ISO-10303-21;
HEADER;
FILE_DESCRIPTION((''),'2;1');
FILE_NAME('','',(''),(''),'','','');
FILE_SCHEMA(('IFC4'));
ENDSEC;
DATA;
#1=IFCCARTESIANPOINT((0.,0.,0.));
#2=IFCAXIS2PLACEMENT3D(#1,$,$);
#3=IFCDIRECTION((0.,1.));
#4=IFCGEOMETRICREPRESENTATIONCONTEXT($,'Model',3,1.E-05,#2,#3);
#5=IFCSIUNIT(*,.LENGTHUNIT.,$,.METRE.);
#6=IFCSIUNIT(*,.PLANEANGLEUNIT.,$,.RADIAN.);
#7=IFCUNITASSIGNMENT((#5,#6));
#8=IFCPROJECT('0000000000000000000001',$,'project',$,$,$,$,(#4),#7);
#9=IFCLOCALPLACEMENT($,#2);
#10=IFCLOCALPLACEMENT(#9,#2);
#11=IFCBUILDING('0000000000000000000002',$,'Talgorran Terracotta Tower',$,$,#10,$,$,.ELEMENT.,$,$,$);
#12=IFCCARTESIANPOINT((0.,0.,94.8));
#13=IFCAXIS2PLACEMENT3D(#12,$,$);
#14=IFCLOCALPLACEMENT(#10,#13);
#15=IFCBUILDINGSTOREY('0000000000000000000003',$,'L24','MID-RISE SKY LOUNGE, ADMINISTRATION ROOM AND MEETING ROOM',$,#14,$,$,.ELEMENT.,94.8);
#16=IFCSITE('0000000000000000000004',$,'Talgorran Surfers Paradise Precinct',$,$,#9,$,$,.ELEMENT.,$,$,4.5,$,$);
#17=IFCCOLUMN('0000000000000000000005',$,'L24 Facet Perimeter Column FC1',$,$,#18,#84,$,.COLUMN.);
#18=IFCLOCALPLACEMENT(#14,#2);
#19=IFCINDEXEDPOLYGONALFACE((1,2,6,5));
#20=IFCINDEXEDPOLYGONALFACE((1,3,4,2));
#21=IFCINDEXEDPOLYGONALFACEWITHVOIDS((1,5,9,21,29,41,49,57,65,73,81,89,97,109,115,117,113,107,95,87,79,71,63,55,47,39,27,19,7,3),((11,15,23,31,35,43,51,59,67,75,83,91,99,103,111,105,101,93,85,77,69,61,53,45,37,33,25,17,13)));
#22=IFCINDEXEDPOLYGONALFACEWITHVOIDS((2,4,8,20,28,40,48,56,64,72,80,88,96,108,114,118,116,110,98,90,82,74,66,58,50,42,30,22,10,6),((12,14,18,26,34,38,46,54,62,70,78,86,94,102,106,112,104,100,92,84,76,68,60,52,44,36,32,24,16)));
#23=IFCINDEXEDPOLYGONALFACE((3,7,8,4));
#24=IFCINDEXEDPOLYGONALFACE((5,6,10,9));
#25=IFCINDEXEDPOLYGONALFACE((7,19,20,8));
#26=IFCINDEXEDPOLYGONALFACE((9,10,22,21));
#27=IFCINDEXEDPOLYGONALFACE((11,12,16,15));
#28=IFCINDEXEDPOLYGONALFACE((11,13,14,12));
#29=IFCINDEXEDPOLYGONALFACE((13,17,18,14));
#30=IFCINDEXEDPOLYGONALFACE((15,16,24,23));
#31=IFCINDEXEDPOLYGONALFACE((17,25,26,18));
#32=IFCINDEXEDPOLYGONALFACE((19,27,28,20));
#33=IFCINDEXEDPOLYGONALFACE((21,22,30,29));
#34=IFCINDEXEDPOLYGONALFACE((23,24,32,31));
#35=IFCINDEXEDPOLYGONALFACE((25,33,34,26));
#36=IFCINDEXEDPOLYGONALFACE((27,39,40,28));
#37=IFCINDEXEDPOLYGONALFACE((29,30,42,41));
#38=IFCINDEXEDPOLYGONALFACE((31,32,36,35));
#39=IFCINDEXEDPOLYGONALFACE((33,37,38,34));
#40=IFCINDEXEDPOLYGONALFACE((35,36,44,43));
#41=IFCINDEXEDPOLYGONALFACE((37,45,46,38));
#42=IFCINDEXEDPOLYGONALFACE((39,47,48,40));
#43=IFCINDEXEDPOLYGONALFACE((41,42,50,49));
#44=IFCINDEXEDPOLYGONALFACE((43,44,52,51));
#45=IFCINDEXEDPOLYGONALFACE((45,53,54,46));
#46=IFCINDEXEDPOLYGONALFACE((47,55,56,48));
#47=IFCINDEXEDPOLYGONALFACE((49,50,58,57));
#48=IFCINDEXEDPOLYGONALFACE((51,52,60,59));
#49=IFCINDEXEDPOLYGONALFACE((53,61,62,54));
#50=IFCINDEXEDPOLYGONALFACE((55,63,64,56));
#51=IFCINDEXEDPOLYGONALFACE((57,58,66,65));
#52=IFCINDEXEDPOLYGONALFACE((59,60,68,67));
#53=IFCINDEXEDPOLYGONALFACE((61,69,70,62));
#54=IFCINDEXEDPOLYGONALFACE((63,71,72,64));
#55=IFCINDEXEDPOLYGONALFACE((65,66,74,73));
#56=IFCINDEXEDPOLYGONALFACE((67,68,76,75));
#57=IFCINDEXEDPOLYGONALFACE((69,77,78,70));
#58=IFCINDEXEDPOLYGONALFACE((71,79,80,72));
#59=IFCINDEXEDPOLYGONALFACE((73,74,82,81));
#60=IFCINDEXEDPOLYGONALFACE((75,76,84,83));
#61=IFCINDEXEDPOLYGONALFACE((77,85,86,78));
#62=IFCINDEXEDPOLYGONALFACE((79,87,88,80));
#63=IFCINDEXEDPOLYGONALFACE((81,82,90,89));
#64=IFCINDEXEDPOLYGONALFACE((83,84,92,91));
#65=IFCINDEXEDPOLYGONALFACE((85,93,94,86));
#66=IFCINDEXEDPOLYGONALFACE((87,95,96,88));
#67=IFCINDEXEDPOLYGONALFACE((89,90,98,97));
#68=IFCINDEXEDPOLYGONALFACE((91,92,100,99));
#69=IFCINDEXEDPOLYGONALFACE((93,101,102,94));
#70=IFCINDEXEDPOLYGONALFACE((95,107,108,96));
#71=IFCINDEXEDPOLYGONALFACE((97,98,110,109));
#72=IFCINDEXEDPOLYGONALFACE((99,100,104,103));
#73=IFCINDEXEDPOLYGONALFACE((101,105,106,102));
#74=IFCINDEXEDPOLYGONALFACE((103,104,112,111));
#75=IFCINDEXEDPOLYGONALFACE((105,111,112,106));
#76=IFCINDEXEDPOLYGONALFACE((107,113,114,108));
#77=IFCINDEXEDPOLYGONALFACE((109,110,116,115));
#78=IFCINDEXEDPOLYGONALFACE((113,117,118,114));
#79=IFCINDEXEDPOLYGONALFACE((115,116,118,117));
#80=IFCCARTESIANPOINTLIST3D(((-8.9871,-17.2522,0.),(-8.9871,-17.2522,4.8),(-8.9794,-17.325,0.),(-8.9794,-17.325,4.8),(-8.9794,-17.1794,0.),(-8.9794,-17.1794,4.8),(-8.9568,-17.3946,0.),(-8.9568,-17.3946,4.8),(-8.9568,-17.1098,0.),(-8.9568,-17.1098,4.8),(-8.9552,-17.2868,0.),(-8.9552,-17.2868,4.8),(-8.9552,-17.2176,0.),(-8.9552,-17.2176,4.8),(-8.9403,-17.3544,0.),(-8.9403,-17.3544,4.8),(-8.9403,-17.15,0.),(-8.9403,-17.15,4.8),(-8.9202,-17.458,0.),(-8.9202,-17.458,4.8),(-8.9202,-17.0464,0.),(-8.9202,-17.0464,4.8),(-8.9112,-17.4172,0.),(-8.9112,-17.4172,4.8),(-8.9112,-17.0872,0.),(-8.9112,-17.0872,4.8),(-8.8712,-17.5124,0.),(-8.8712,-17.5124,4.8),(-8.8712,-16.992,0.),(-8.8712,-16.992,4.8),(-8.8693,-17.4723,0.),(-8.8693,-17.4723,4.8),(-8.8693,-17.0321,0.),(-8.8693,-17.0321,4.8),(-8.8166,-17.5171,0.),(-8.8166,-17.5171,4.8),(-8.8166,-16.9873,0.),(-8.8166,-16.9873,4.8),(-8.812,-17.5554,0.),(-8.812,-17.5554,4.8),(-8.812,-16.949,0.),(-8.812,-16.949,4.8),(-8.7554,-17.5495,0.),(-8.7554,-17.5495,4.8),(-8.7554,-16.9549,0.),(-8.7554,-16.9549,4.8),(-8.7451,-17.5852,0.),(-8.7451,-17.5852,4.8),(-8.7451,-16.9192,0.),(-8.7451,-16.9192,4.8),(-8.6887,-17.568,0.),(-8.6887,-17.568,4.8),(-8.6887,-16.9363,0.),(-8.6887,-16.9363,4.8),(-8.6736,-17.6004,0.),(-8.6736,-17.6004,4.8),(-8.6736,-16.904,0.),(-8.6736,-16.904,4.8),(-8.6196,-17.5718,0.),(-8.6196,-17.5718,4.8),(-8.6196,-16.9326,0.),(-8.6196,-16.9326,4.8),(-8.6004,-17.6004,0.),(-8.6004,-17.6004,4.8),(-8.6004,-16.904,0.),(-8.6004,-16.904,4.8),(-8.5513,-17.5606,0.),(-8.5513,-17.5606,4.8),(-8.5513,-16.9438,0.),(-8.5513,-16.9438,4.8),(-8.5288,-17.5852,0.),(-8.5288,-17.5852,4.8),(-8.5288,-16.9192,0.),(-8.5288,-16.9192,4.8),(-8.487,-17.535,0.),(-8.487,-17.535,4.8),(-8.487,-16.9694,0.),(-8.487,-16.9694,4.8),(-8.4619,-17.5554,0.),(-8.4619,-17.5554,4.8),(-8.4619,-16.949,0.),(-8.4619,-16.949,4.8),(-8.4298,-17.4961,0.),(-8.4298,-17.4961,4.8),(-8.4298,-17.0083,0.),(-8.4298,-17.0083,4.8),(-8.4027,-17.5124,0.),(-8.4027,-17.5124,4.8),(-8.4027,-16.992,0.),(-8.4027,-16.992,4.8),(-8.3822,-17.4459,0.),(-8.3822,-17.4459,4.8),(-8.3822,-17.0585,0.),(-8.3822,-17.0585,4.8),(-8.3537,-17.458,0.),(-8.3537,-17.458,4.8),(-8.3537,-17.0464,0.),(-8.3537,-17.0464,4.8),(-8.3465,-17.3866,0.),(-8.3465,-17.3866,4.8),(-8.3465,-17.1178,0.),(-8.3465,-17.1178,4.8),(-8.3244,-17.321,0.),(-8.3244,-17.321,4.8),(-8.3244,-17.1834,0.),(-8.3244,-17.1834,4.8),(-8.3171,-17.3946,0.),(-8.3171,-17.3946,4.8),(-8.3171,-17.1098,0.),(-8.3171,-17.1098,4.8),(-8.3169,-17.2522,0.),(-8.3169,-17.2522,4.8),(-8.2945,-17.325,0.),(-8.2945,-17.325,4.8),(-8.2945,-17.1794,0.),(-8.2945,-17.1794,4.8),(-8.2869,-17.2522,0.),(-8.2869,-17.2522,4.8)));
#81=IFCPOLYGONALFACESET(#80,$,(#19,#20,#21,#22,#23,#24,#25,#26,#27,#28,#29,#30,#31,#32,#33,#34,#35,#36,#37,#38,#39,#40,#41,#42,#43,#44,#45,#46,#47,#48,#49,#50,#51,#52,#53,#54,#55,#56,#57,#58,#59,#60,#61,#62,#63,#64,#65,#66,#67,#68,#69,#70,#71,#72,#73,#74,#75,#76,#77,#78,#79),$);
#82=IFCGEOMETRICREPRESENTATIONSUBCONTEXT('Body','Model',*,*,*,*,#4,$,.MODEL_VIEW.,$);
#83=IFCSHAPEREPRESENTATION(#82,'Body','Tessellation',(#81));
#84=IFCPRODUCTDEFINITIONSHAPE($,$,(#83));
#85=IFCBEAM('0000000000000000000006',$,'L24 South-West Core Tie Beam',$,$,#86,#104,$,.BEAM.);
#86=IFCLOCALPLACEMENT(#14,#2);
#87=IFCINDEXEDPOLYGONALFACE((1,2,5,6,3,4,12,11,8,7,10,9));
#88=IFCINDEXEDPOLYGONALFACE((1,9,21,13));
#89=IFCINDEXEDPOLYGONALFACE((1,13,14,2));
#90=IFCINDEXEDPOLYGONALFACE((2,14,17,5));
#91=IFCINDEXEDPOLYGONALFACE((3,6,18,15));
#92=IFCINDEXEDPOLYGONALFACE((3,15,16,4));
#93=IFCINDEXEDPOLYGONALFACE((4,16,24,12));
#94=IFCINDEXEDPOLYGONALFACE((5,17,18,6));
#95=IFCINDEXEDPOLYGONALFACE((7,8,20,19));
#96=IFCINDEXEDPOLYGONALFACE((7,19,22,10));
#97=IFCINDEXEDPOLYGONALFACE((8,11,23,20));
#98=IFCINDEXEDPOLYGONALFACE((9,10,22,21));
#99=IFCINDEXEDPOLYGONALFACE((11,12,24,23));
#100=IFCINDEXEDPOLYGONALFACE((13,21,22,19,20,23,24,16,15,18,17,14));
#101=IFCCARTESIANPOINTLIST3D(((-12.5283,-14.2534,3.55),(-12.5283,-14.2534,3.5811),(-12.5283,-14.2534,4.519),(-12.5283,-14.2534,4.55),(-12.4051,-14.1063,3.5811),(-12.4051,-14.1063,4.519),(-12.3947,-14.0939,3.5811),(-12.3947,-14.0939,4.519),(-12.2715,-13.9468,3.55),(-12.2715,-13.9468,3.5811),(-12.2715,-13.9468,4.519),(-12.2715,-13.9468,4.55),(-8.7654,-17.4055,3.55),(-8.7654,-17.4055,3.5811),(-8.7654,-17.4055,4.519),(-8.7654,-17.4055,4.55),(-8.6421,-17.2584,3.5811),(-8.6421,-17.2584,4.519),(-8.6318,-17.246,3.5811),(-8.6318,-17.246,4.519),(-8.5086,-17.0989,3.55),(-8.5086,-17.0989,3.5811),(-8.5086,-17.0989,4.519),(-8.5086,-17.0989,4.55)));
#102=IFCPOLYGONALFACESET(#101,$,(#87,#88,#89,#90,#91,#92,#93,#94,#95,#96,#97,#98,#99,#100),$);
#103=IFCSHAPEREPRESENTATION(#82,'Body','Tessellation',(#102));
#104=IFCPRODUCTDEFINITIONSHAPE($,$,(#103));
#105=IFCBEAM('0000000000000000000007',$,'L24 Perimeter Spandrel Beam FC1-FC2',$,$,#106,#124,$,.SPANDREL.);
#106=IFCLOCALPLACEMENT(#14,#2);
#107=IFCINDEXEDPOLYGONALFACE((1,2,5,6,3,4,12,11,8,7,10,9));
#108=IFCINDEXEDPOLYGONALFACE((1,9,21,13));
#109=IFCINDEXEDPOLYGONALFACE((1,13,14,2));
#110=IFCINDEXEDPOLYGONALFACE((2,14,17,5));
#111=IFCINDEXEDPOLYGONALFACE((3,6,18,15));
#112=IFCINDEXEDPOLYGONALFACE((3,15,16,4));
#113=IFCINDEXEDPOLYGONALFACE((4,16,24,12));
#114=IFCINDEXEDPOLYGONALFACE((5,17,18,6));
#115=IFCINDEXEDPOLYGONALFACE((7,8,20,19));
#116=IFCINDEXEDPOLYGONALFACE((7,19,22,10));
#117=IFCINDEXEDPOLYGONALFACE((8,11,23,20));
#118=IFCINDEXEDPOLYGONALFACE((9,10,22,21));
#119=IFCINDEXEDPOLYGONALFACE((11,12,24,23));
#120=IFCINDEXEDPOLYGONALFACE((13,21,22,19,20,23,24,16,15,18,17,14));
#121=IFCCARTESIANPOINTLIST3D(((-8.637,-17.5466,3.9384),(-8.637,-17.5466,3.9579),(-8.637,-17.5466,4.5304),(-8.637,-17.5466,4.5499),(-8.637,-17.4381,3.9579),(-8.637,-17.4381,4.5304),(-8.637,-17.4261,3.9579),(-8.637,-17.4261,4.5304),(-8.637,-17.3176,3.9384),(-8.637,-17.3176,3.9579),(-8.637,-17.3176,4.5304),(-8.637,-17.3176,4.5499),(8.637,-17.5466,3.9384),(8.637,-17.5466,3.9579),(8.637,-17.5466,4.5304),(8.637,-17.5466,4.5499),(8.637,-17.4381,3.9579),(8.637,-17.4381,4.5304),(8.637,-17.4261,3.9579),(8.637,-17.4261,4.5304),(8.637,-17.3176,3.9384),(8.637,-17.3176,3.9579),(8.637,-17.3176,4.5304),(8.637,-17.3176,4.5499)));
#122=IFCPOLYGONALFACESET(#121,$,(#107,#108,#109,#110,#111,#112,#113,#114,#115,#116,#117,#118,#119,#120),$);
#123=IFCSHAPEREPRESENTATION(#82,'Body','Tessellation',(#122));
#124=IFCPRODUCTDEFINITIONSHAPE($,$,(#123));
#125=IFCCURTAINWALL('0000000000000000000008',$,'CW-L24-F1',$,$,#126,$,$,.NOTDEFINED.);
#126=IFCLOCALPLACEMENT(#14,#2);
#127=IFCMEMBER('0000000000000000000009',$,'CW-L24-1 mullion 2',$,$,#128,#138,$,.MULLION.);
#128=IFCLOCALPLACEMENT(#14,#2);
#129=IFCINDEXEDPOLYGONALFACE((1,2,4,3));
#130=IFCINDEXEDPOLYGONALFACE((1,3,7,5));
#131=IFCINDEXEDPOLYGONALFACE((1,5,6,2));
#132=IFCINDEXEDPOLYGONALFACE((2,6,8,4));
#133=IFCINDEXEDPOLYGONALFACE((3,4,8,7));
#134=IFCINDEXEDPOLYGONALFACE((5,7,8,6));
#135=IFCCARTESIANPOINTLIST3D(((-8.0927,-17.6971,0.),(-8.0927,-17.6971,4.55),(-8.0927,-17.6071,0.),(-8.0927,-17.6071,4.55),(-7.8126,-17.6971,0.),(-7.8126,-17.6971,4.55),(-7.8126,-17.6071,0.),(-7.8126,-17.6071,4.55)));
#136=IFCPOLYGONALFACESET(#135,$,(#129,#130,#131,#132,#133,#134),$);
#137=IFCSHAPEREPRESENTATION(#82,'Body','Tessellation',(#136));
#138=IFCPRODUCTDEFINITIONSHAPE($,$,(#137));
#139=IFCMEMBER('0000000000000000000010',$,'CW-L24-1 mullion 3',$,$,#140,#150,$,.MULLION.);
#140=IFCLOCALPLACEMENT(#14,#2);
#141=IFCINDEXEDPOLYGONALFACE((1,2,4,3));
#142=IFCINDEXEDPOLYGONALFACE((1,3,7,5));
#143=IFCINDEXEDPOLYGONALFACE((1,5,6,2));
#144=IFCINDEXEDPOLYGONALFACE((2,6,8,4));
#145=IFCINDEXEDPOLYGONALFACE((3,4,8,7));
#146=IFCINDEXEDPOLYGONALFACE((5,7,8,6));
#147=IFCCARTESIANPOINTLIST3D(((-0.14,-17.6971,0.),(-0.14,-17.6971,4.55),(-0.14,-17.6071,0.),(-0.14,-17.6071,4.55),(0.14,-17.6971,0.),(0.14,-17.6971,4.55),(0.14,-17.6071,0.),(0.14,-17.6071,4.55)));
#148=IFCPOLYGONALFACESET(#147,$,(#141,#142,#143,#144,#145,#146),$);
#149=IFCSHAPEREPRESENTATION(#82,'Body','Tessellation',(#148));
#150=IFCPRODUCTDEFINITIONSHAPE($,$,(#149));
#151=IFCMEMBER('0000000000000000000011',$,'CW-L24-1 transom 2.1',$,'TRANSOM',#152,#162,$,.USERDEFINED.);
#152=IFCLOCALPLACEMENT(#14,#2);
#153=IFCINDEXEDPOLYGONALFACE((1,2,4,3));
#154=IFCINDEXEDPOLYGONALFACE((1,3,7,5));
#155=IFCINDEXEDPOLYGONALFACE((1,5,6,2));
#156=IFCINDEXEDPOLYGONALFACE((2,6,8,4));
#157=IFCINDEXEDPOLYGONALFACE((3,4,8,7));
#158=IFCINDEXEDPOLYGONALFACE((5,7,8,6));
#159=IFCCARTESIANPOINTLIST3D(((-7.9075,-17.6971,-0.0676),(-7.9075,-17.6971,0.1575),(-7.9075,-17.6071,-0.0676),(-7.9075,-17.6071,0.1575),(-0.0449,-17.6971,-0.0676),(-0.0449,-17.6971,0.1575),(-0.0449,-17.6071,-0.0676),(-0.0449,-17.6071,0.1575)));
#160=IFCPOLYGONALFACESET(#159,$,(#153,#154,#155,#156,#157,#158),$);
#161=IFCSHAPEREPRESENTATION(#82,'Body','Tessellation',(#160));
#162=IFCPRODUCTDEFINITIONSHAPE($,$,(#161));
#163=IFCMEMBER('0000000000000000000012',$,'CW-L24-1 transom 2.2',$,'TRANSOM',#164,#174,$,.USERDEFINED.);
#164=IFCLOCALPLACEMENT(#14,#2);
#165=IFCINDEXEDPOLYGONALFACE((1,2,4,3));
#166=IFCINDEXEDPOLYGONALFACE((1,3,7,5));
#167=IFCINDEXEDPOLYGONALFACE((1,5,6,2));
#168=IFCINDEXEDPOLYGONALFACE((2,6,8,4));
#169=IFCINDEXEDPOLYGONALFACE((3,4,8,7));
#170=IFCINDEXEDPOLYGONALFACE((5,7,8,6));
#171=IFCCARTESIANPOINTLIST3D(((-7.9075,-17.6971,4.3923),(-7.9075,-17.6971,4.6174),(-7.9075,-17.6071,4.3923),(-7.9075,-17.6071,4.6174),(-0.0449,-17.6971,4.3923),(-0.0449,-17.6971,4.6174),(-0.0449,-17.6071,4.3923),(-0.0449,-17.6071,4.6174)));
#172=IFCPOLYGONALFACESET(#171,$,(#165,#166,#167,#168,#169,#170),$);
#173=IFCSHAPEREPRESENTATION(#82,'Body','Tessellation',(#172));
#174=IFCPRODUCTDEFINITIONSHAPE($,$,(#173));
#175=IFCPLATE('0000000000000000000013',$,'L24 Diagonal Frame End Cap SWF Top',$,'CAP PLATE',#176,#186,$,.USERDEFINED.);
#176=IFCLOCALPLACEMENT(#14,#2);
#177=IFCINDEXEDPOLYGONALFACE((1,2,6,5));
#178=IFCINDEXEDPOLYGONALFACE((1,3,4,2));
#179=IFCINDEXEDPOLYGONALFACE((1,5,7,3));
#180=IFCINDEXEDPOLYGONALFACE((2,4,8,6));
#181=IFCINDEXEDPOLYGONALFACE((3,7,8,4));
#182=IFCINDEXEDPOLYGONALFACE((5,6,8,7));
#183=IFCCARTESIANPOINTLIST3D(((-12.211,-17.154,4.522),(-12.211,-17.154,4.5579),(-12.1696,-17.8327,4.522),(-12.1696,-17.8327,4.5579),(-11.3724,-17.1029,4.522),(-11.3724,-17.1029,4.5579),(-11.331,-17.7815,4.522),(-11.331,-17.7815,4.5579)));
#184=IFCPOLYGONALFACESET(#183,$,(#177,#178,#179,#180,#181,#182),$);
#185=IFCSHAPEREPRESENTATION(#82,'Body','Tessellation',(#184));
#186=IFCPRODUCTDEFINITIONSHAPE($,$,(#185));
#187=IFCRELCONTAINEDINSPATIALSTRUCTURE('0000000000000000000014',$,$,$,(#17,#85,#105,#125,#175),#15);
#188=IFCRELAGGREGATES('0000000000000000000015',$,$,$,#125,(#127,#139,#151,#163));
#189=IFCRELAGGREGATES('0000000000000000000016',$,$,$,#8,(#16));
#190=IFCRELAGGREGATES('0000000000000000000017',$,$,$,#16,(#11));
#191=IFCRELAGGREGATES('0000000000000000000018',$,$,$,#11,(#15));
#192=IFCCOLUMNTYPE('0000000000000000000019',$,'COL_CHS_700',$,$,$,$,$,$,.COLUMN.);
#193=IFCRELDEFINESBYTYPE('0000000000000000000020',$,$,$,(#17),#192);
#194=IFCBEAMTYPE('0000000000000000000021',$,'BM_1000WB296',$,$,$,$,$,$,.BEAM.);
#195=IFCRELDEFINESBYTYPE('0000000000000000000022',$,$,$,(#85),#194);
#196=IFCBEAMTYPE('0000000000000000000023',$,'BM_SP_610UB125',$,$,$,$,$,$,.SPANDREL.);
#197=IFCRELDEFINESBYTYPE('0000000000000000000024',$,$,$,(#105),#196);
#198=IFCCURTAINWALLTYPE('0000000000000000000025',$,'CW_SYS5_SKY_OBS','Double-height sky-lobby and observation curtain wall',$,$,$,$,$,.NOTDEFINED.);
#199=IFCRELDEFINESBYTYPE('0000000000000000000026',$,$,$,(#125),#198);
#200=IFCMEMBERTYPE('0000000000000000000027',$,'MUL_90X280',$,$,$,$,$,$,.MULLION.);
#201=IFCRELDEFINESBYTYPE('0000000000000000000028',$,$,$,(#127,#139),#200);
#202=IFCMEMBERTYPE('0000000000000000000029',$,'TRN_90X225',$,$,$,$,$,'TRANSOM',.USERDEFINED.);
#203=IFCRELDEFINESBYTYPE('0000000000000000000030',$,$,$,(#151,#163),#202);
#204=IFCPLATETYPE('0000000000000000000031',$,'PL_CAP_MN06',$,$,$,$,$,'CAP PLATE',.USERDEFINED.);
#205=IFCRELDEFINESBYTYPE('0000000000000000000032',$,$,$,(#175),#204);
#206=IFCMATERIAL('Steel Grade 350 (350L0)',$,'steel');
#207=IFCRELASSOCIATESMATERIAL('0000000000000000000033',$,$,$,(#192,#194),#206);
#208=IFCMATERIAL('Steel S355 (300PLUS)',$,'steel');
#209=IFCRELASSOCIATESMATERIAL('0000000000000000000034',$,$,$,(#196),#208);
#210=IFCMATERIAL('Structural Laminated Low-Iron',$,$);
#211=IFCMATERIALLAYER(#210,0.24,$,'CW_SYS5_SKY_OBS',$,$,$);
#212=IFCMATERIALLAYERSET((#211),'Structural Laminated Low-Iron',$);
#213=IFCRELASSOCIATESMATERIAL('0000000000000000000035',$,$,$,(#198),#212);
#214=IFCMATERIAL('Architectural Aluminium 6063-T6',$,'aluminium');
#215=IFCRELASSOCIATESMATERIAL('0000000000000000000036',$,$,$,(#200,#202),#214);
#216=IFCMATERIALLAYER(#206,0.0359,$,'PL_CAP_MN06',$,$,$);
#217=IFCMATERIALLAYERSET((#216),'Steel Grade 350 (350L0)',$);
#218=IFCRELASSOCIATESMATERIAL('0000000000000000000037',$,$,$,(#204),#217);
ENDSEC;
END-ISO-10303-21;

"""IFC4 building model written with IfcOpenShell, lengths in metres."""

from ifc_helpers import new_model, si_unit, direction, frame, origin, origin_2d, place, context, subcontext, project, spatial, rectangle, hollow_circle, i_section, extrude, material, layer, layer_set, material_profile, profile_set, type_object, element, aggregate, save


model = new_model("IFC4")

# Units and contexts
model_context = context("Model", 3, precision=1e-05, world=origin(), true_north=direction((0.0, 1.0)))
body_context = subcontext(model_context, "Body", "Model", "MODEL_VIEW")
ifc_project = project(units=[si_unit("LENGTHUNIT", "METRE"), si_unit("PLANEANGLEUNIT", "RADIAN")], contexts=[model_context])

# Site, building, storey
site_placement = place(None, origin())
site = spatial("IfcSite", under=ifc_project, at=site_placement, Name="Talgorran Surfers Paradise Precinct", CompositionType="ELEMENT", RefElevation=4.5)
building_placement = place(site_placement, origin())
building = spatial("IfcBuilding", under=site, at=building_placement, Name="Talgorran Terracotta Tower", CompositionType="ELEMENT")
storey_placement = place(building_placement, frame((0.0, 0.0, 94.8)))
storey = spatial("IfcBuildingStorey", under=building, at=storey_placement, Name="L24", Description="MID-RISE SKY LOUNGE, ADMINISTRATION ROOM AND MEETING ROOM", CompositionType="ELEMENT", Elevation=94.8)

# Column
ifc_material_1 = material(Name="Steel Grade 350 (350L0)", Category="steel")
ifc_material_profile_1 = material_profile(ifc_material_1, hollow_circle(Radius=0.3501, WallThickness=0.03, at=origin_2d()), Name="CHS700X30")
ifc_profile_set_1 = profile_set([ifc_material_profile_1], Name="Steel Grade 350 (350L0)")
column_type = type_object("IfcColumnType", Name="COL_CHS_700", PredefinedType="COLUMN", material=ifc_profile_set_1)
column_placement = place(storey_placement, frame((-8.637, -17.2522, 0.0), z_axis=(0.0, 0.0, 1.0), x_axis=(1.0, 0.0, 0.0)))
element("IfcColumn", 1, at=column_placement, inside=storey, type_object=column_type, Name="L24 Facet Perimeter Column FC1", PredefinedType="COLUMN", context=body_context, shape_type="SweptSolid", body=[
    extrude(hollow_circle(Radius=0.3501, WallThickness=0.03, at=origin_2d()), origin(), (0.0, 0.0, 1.0), 4.8),
])

# Beams
ifc_material_profile_2 = material_profile(ifc_material_1, i_section(OverallWidth=0.3999, OverallDepth=1.0, WebThickness=0.0161, FlangeThickness=0.031, at=origin_2d()), Name="1000WB296")
ifc_profile_set_2 = profile_set([ifc_material_profile_2], Name="Steel Grade 350 (350L0)")
beam_type_1 = type_object("IfcBeamType", Name="BM_1000WB296", PredefinedType="BEAM", material=ifc_profile_set_2)
beam_1_placement = place(storey_placement, frame((-8.637, -17.2522, 4.05), z_axis=(-0.766584, 0.642144, 0.0), x_axis=(-0.642144, -0.766584, 0.0)))
element("IfcBeam", 2, at=beam_1_placement, inside=storey, type_object=beam_type_1, Name="L24 South-West Core Tie Beam", PredefinedType="BEAM", context=body_context, shape_type="SweptSolid", body=[
    extrude(i_section(OverallWidth=0.3999, OverallDepth=1.0, WebThickness=0.0161, FlangeThickness=0.031, at=origin_2d()), origin(), (0.0, 0.0, 1.0), 4.9087),
])
ifc_material_2 = material(Name="Steel S355 (300PLUS)", Category="steel")
ifc_material_profile_3 = material_profile(ifc_material_2, i_section(OverallWidth=0.229, OverallDepth=0.6116, WebThickness=0.012, FlangeThickness=0.0195, at=origin_2d()), Name="610UB125")
ifc_profile_set_3 = profile_set([ifc_material_profile_3], Name="Steel S355 (300PLUS)")
beam_type_2 = type_object("IfcBeamType", Name="BM_SP_610UB125", PredefinedType="SPANDREL", material=ifc_profile_set_3)
beam_2_placement = place(storey_placement, frame((-8.637, -17.4321, 4.2441), z_axis=(1.0, 0.0, 0.0), x_axis=(0.0, 1.0, 0.0)))
element("IfcBeam", 3, at=beam_2_placement, inside=storey, type_object=beam_type_2, Name="L24 Perimeter Spandrel Beam FC1-FC2", PredefinedType="SPANDREL", context=body_context, shape_type="SweptSolid", body=[
    extrude(i_section(OverallWidth=0.229, OverallDepth=0.6116, WebThickness=0.012, FlangeThickness=0.0195, at=origin_2d()), origin(), (0.0, 0.0, 1.0), 17.2739),
])

# Curtain wall, members
ifc_material_3 = material(Name="Structural Laminated Low-Iron")
ifc_layer_1 = layer(ifc_material_3, 0.24, Name="CW_SYS5_SKY_OBS")
ifc_layer_set_1 = layer_set([ifc_layer_1], Name="Structural Laminated Low-Iron")
curtain_wall_type = type_object("IfcCurtainWallType", Name="CW_SYS5_SKY_OBS", Description="Double-height sky-lobby and observation curtain wall", PredefinedType="NOTDEFINED", material=ifc_layer_set_1)
curtain_wall_placement = place(storey_placement, origin())
curtain_wall = element("IfcCurtainWall", 4, at=curtain_wall_placement, inside=storey, type_object=curtain_wall_type, Name="CW-L24-F1", PredefinedType="NOTDEFINED")
ifc_material_4 = material(Name="Architectural Aluminium 6063-T6", Category="aluminium")
ifc_material_profile_4 = material_profile(ifc_material_4, rectangle(XDim=0.0901, YDim=0.28, at=origin_2d()), Name="CWM90X280")
ifc_profile_set_4 = profile_set([ifc_material_profile_4], Name="Architectural Aluminium 6063-T6")
member_type_1 = type_object("IfcMemberType", Name="MUL_90X280", PredefinedType="MULLION", material=ifc_profile_set_4)
member_1_placement = place(storey_placement, frame((-7.9526, -17.6521, 0.0), z_axis=(0.0, 0.0, 1.0), x_axis=(0.0, 1.0, 0.0)))
member_1 = element("IfcMember", 5, at=member_1_placement, type_object=member_type_1, Name="CW-L24-1 mullion 2", PredefinedType="MULLION", context=body_context, shape_type="SweptSolid", body=[
    extrude(rectangle(XDim=0.0901, YDim=0.28, at=origin_2d()), origin(), (0.0, 0.0, 1.0), 4.55),
])
member_2_placement = place(storey_placement, frame((0.0, -17.6521, 0.0), z_axis=(0.0, 0.0, 1.0), x_axis=(0.0, 1.0, 0.0)))
member_2 = element("IfcMember", 6, at=member_2_placement, type_object=member_type_1, Name="CW-L24-1 mullion 3", PredefinedType="MULLION", context=body_context, shape_type="SweptSolid", body=[
    extrude(rectangle(XDim=0.0901, YDim=0.28, at=origin_2d()), origin(), (0.0, 0.0, 1.0), 4.55),
])
ifc_material_profile_5 = material_profile(ifc_material_4, rectangle(XDim=0.0901, YDim=0.2251, at=origin_2d()), Name="CWT90X225")
ifc_profile_set_5 = profile_set([ifc_material_profile_5], Name="Architectural Aluminium 6063-T6")
member_type_2 = type_object("IfcMemberType", Name="TRN_90X225", ElementType="TRANSOM", PredefinedType="USERDEFINED", material=ifc_profile_set_5)
member_3_placement = place(storey_placement, frame((-7.9075, -17.6521, 0.0449), z_axis=(1.0, 0.0, 0.0), x_axis=(0.0, 1.0, 0.0)))
member_3 = element("IfcMember", 7, at=member_3_placement, type_object=member_type_2, Name="CW-L24-1 transom 2.1", ObjectType="TRANSOM", PredefinedType="USERDEFINED", context=body_context, shape_type="SweptSolid", body=[
    extrude(rectangle(XDim=0.0901, YDim=0.2251, at=origin_2d()), origin(), (0.0, 0.0, 1.0), 7.8625),
])
member_4_placement = place(storey_placement, frame((-7.9075, -17.6521, 4.5049), z_axis=(1.0, 0.0, 0.0), x_axis=(0.0, 1.0, 0.0)))
member_4 = element("IfcMember", 8, at=member_4_placement, type_object=member_type_2, Name="CW-L24-1 transom 2.2", ObjectType="TRANSOM", PredefinedType="USERDEFINED", context=body_context, shape_type="SweptSolid", body=[
    extrude(rectangle(XDim=0.0901, YDim=0.2251, at=origin_2d()), origin(), (0.0, 0.0, 1.0), 7.8625),
])

# Plate
ifc_layer_2 = layer(ifc_material_1, 0.0359, Name="PL_CAP_MN06")
ifc_layer_set_2 = layer_set([ifc_layer_2], Name="Steel Grade 350 (350L0)")
plate_type_1 = type_object("IfcPlateType", Name="PL_CAP_MN06", ElementType="CAP PLATE", PredefinedType="USERDEFINED", material=ifc_layer_set_2)
plate_1_placement = place(storey_placement, frame((-11.771, -17.4678, 4.522), z_axis=(0.0, 0.0, 1.0), x_axis=(0.998145, 0.060874, 0.0)))
element("IfcPlate", 9, at=plate_1_placement, inside=storey, type_object=plate_type_1, Name="L24 Diagonal Frame End Cap SWF Top", ObjectType="CAP PLATE", PredefinedType="USERDEFINED", context=body_context, shape_type="SweptSolid", body=[
    extrude(rectangle(XDim=0.8401, YDim=0.6799, at=origin_2d()), origin(), (0.0, 0.0, 1.0), 0.0359),
])

aggregate(curtain_wall, [member_1, member_2, member_3, member_4])

save(model, "model.ifc")
